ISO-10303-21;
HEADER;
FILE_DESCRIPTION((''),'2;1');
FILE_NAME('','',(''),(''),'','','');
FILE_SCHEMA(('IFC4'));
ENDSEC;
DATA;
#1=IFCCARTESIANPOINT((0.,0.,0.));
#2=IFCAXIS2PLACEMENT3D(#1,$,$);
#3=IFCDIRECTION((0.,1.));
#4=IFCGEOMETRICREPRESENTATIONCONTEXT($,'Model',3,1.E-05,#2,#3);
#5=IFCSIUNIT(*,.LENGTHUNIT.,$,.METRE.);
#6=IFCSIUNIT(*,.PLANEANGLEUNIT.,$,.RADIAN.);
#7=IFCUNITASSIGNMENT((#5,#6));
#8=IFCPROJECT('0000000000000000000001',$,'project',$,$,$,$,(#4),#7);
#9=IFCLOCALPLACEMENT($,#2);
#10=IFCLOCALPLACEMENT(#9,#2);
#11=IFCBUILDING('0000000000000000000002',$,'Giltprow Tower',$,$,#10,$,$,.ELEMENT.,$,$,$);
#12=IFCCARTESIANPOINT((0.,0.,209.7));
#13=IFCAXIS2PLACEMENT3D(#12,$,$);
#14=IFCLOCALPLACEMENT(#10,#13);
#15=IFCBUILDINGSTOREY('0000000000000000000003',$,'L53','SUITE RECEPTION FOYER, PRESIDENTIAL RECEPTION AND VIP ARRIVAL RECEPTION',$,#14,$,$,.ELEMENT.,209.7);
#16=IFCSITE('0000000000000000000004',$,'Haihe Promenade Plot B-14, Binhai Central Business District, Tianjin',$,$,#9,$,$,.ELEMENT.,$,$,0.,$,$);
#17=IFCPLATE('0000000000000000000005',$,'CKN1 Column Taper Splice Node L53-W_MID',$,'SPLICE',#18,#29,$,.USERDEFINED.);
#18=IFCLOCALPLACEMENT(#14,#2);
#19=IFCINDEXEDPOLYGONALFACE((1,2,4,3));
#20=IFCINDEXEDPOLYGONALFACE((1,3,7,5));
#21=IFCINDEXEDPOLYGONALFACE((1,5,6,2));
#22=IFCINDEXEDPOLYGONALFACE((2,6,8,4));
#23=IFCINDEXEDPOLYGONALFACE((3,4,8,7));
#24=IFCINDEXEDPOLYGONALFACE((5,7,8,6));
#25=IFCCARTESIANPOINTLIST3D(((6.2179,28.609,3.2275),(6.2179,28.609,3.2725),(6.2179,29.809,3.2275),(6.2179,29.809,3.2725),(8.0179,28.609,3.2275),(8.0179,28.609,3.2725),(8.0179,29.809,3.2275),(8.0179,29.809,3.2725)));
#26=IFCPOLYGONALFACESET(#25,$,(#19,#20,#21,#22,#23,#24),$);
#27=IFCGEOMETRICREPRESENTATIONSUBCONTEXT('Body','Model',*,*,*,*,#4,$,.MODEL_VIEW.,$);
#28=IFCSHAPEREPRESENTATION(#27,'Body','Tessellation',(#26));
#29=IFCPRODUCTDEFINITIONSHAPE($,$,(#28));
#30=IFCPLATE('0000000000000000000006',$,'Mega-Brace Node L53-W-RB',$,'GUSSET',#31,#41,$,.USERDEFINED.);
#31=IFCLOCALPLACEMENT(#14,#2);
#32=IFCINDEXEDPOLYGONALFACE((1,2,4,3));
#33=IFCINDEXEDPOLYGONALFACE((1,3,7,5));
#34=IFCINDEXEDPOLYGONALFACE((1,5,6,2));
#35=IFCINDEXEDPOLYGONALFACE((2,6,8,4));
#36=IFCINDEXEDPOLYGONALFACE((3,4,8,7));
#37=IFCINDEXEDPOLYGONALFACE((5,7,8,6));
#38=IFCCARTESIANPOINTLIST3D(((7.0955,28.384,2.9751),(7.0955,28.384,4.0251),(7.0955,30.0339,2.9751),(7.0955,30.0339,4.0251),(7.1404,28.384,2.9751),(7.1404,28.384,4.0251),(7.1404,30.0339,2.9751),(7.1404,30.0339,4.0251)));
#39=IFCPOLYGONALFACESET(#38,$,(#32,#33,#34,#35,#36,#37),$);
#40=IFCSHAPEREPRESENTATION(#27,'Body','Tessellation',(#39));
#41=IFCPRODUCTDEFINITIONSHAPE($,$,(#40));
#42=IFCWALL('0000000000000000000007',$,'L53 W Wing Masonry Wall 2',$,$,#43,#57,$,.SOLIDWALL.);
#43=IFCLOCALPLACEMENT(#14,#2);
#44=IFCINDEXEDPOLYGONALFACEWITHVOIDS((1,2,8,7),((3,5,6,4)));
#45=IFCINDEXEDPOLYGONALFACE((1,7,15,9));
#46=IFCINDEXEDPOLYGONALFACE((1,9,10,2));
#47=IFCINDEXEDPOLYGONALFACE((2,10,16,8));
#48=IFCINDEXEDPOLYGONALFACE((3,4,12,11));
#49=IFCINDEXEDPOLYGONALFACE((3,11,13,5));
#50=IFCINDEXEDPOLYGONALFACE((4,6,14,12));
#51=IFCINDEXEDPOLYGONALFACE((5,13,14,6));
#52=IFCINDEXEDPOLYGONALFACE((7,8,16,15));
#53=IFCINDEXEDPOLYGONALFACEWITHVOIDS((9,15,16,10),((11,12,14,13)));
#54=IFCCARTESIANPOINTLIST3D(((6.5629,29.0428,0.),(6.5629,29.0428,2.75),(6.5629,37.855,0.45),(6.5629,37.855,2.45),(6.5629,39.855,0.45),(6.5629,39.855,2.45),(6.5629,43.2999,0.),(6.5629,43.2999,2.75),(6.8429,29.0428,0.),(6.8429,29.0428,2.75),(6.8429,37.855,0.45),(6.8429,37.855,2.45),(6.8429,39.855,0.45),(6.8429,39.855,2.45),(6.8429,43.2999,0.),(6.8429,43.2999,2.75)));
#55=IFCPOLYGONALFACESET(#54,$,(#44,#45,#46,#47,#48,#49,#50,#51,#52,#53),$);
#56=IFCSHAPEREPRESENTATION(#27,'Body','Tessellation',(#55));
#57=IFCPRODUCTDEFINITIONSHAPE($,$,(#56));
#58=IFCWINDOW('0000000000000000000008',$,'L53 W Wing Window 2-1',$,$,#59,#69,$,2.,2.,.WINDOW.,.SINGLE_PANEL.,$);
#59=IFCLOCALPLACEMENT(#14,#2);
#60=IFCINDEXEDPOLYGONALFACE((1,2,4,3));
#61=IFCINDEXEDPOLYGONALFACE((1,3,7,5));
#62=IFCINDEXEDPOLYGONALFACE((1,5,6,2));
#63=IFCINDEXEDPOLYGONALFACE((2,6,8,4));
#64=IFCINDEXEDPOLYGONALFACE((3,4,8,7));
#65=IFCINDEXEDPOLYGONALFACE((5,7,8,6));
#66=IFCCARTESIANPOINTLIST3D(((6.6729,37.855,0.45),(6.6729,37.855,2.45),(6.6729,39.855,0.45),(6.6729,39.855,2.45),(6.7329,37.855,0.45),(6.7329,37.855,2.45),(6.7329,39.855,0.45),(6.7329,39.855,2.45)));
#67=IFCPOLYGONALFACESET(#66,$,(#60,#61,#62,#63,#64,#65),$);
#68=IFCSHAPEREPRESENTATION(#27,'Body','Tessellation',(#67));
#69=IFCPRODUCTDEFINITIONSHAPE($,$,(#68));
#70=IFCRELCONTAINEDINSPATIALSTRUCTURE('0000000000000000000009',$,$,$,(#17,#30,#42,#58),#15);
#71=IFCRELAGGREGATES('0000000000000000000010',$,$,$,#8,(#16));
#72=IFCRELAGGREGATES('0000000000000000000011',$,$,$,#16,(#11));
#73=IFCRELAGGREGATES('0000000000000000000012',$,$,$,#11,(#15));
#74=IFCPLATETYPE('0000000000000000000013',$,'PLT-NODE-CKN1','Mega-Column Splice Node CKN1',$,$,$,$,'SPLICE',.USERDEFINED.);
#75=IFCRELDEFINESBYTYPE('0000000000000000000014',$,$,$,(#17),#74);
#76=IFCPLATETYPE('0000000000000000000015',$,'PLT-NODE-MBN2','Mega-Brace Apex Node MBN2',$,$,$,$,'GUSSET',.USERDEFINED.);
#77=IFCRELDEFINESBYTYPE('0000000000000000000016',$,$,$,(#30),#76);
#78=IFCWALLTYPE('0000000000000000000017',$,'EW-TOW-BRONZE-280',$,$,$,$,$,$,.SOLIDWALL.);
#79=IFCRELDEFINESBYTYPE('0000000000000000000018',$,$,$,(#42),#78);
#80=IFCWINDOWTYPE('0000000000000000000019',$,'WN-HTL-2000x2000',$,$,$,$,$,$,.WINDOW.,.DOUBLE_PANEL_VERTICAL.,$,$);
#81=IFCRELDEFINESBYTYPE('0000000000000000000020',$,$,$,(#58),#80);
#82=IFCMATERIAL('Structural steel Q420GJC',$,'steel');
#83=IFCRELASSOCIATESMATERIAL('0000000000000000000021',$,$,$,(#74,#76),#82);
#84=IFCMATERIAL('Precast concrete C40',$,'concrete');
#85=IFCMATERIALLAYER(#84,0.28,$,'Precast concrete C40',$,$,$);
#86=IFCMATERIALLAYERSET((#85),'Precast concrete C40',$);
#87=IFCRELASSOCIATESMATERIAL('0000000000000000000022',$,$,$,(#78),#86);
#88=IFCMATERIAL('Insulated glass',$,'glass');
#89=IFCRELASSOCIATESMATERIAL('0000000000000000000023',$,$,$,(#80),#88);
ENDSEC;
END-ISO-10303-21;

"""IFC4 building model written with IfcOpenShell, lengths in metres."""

from ifc_helpers import new_model, si_unit, direction, frame, frame_2d, origin, origin_2d, place, context, subcontext, project, spatial, rectangle, extrude, source, transform, mapped, material, layer, layer_set, type_object, element, fill, save


model = new_model("IFC4")

# Units and contexts
model_context = context("Model", 3, precision=1e-05, world=origin(), true_north=direction((0.0, 1.0)))
body_context = subcontext(model_context, "Body", "Model", "MODEL_VIEW")
ifc_project = project(units=[si_unit("LENGTHUNIT", "METRE"), si_unit("PLANEANGLEUNIT", "RADIAN")], contexts=[model_context])

# Site, building, storey
site_placement = place(None, origin())
site = spatial("IfcSite", under=ifc_project, at=site_placement, Name="Haihe Promenade Plot B-14, Binhai Central Business District, Tianjin", CompositionType="ELEMENT", RefElevation=0.0)
building_placement = place(site_placement, origin())
building = spatial("IfcBuilding", under=site, at=building_placement, Name="Giltprow Tower", CompositionType="ELEMENT")
storey_placement = place(building_placement, frame((0.0, 0.0, 209.7)))
storey = spatial("IfcBuildingStorey", under=building, at=storey_placement, Name="L53", Description="SUITE RECEPTION FOYER, PRESIDENTIAL RECEPTION AND VIP ARRIVAL RECEPTION", CompositionType="ELEMENT", Elevation=209.7)

# Shared definitions
ifc_material_1 = material(Name="Structural steel Q420GJC", Category="steel")

# Plates
plate_type_1 = type_object("IfcPlateType", Name="PLT-NODE-CKN1", Description="Mega-Column Splice Node CKN1", ElementType="SPLICE", PredefinedType="USERDEFINED", material=ifc_material_1)
shared_shape_1 = source(origin(), body_context, "Body", "SweptSolid", [
    extrude(rectangle(XDim=1.8, YDim=1.2, at=origin_2d()), origin(), (0.0, 0.0, 1.0), 0.0449),
])
plate_1_placement = place(storey_placement, frame((7.1179, 29.209, 3.2275), z_axis=(0.0, 0.0, 1.0), x_axis=(1.0, 0.0, 0.0)))
element("IfcPlate", 1, at=plate_1_placement, inside=storey, type_object=plate_type_1, Name="CKN1 Column Taper Splice Node L53-W_MID", ObjectType="SPLICE", PredefinedType="USERDEFINED", context=body_context, shape_type="MappedRepresentation", body=[
    mapped(shared_shape_1, transform((0.0, 0.0, 0.0), x_axis=(1.0, 0.0, 0.0), y_axis=(0.0, 1.0, 0.0), z_axis=(0.0, 0.0, 1.0), scale=1.0)),
])
plate_type_2 = type_object("IfcPlateType", Name="PLT-NODE-MBN2", Description="Mega-Brace Apex Node MBN2", ElementType="GUSSET", PredefinedType="USERDEFINED", material=ifc_material_1)
shared_shape_2 = source(origin(), body_context, "Body", "SweptSolid", [
    extrude(rectangle(XDim=1.6499, YDim=0.0449, at=origin_2d()), origin(), (0.0, 0.0, 1.0), 1.05),
])
plate_2_placement = place(storey_placement, frame((7.1179, 29.209, 2.9751), z_axis=(0.0, 0.0, 1.0), x_axis=(0.0, 1.0, 0.0)))
element("IfcPlate", 2, at=plate_2_placement, inside=storey, type_object=plate_type_2, Name="Mega-Brace Node L53-W-RB", ObjectType="GUSSET", PredefinedType="USERDEFINED", context=body_context, shape_type="MappedRepresentation", body=[
    mapped(shared_shape_2, transform((0.0, 0.0, 0.0), x_axis=(1.0, 0.0, 0.0), y_axis=(0.0, 1.0, 0.0), z_axis=(0.0, 0.0, 1.0), scale=1.0)),
])

# Wall, opening, window
ifc_material_2 = material(Name="Precast concrete C40", Category="concrete")
ifc_layer_1 = layer(ifc_material_2, 0.28, Name="Precast concrete C40")
ifc_layer_set_1 = layer_set([ifc_layer_1], Name="Precast concrete C40")
wall_type_1 = type_object("IfcWallType", Name="EW-TOW-BRONZE-280", PredefinedType="SOLIDWALL", material=ifc_layer_set_1)
wall_1_placement = place(storey_placement, frame((6.7029, 29.043, 0.0), z_axis=(0.0, 0.0, 1.0), x_axis=(0.0, 1.0, 0.0)))
wall_1 = element("IfcWall", 3, at=wall_1_placement, inside=storey, type_object=wall_type_1, Name="L53 W Wing Masonry Wall 2", PredefinedType="SOLIDWALL", context=body_context, shape_type="SweptSolid", body=[
    extrude(rectangle(XDim=14.2571, YDim=0.28, at=frame_2d((7.1284, 0.0))), origin(), (0.0, 0.0, 1.0), 2.75),
])
opening_1_placement = place(wall_1_placement, frame((8.812, 0.0, 0.45)))
opening_1 = element("IfcOpeningElement", 4, at=opening_1_placement, cuts=wall_1, PredefinedType="OPENING", context=body_context, shape_type="SweptSolid", body=[
    extrude(rectangle(XDim=2.0, YDim=2.0, at=frame_2d((1.0, 1.0))), frame((0.0, 0.1499, 0.0), z_axis=(0.0, -1.0, 0.0), x_axis=(1.0, 0.0, 0.0)), (0.0, 0.0, 1.0), 0.3),
])
ifc_material_3 = material(Name="Insulated glass", Category="glass")
window_type = type_object("IfcWindowType", Name="WN-HTL-2000x2000", PartitioningType="DOUBLE_PANEL_VERTICAL", PredefinedType="WINDOW", material=ifc_material_3)
shared_shape_3 = source(origin(), body_context, "Body", "SweptSolid", [
    extrude(rectangle(XDim=2.0, YDim=2.0, at=frame_2d((1.0, 1.0))), frame((0.0, 0.03, 0.0), z_axis=(0.0, -1.0, 0.0), x_axis=(1.0, 0.0, 0.0)), (0.0, 0.0, 1.0), 0.0601),
])
window_placement = place(opening_1_placement, origin())
window = element("IfcWindow", 5, at=window_placement, inside=storey, type_object=window_type, Name="L53 W Wing Window 2-1", OverallHeight=2.0, OverallWidth=2.0, PartitioningType="SINGLE_PANEL", PredefinedType="WINDOW", context=body_context, shape_type="MappedRepresentation", body=[
    mapped(shared_shape_3, transform((0.0, 0.0, 0.0), x_axis=(1.0, 0.0, 0.0), y_axis=(0.0, 1.0, 0.0), z_axis=(0.0, 0.0, 1.0), scale=1.0)),
])
fill(opening_1, window)

save(model, "model.ifc")
